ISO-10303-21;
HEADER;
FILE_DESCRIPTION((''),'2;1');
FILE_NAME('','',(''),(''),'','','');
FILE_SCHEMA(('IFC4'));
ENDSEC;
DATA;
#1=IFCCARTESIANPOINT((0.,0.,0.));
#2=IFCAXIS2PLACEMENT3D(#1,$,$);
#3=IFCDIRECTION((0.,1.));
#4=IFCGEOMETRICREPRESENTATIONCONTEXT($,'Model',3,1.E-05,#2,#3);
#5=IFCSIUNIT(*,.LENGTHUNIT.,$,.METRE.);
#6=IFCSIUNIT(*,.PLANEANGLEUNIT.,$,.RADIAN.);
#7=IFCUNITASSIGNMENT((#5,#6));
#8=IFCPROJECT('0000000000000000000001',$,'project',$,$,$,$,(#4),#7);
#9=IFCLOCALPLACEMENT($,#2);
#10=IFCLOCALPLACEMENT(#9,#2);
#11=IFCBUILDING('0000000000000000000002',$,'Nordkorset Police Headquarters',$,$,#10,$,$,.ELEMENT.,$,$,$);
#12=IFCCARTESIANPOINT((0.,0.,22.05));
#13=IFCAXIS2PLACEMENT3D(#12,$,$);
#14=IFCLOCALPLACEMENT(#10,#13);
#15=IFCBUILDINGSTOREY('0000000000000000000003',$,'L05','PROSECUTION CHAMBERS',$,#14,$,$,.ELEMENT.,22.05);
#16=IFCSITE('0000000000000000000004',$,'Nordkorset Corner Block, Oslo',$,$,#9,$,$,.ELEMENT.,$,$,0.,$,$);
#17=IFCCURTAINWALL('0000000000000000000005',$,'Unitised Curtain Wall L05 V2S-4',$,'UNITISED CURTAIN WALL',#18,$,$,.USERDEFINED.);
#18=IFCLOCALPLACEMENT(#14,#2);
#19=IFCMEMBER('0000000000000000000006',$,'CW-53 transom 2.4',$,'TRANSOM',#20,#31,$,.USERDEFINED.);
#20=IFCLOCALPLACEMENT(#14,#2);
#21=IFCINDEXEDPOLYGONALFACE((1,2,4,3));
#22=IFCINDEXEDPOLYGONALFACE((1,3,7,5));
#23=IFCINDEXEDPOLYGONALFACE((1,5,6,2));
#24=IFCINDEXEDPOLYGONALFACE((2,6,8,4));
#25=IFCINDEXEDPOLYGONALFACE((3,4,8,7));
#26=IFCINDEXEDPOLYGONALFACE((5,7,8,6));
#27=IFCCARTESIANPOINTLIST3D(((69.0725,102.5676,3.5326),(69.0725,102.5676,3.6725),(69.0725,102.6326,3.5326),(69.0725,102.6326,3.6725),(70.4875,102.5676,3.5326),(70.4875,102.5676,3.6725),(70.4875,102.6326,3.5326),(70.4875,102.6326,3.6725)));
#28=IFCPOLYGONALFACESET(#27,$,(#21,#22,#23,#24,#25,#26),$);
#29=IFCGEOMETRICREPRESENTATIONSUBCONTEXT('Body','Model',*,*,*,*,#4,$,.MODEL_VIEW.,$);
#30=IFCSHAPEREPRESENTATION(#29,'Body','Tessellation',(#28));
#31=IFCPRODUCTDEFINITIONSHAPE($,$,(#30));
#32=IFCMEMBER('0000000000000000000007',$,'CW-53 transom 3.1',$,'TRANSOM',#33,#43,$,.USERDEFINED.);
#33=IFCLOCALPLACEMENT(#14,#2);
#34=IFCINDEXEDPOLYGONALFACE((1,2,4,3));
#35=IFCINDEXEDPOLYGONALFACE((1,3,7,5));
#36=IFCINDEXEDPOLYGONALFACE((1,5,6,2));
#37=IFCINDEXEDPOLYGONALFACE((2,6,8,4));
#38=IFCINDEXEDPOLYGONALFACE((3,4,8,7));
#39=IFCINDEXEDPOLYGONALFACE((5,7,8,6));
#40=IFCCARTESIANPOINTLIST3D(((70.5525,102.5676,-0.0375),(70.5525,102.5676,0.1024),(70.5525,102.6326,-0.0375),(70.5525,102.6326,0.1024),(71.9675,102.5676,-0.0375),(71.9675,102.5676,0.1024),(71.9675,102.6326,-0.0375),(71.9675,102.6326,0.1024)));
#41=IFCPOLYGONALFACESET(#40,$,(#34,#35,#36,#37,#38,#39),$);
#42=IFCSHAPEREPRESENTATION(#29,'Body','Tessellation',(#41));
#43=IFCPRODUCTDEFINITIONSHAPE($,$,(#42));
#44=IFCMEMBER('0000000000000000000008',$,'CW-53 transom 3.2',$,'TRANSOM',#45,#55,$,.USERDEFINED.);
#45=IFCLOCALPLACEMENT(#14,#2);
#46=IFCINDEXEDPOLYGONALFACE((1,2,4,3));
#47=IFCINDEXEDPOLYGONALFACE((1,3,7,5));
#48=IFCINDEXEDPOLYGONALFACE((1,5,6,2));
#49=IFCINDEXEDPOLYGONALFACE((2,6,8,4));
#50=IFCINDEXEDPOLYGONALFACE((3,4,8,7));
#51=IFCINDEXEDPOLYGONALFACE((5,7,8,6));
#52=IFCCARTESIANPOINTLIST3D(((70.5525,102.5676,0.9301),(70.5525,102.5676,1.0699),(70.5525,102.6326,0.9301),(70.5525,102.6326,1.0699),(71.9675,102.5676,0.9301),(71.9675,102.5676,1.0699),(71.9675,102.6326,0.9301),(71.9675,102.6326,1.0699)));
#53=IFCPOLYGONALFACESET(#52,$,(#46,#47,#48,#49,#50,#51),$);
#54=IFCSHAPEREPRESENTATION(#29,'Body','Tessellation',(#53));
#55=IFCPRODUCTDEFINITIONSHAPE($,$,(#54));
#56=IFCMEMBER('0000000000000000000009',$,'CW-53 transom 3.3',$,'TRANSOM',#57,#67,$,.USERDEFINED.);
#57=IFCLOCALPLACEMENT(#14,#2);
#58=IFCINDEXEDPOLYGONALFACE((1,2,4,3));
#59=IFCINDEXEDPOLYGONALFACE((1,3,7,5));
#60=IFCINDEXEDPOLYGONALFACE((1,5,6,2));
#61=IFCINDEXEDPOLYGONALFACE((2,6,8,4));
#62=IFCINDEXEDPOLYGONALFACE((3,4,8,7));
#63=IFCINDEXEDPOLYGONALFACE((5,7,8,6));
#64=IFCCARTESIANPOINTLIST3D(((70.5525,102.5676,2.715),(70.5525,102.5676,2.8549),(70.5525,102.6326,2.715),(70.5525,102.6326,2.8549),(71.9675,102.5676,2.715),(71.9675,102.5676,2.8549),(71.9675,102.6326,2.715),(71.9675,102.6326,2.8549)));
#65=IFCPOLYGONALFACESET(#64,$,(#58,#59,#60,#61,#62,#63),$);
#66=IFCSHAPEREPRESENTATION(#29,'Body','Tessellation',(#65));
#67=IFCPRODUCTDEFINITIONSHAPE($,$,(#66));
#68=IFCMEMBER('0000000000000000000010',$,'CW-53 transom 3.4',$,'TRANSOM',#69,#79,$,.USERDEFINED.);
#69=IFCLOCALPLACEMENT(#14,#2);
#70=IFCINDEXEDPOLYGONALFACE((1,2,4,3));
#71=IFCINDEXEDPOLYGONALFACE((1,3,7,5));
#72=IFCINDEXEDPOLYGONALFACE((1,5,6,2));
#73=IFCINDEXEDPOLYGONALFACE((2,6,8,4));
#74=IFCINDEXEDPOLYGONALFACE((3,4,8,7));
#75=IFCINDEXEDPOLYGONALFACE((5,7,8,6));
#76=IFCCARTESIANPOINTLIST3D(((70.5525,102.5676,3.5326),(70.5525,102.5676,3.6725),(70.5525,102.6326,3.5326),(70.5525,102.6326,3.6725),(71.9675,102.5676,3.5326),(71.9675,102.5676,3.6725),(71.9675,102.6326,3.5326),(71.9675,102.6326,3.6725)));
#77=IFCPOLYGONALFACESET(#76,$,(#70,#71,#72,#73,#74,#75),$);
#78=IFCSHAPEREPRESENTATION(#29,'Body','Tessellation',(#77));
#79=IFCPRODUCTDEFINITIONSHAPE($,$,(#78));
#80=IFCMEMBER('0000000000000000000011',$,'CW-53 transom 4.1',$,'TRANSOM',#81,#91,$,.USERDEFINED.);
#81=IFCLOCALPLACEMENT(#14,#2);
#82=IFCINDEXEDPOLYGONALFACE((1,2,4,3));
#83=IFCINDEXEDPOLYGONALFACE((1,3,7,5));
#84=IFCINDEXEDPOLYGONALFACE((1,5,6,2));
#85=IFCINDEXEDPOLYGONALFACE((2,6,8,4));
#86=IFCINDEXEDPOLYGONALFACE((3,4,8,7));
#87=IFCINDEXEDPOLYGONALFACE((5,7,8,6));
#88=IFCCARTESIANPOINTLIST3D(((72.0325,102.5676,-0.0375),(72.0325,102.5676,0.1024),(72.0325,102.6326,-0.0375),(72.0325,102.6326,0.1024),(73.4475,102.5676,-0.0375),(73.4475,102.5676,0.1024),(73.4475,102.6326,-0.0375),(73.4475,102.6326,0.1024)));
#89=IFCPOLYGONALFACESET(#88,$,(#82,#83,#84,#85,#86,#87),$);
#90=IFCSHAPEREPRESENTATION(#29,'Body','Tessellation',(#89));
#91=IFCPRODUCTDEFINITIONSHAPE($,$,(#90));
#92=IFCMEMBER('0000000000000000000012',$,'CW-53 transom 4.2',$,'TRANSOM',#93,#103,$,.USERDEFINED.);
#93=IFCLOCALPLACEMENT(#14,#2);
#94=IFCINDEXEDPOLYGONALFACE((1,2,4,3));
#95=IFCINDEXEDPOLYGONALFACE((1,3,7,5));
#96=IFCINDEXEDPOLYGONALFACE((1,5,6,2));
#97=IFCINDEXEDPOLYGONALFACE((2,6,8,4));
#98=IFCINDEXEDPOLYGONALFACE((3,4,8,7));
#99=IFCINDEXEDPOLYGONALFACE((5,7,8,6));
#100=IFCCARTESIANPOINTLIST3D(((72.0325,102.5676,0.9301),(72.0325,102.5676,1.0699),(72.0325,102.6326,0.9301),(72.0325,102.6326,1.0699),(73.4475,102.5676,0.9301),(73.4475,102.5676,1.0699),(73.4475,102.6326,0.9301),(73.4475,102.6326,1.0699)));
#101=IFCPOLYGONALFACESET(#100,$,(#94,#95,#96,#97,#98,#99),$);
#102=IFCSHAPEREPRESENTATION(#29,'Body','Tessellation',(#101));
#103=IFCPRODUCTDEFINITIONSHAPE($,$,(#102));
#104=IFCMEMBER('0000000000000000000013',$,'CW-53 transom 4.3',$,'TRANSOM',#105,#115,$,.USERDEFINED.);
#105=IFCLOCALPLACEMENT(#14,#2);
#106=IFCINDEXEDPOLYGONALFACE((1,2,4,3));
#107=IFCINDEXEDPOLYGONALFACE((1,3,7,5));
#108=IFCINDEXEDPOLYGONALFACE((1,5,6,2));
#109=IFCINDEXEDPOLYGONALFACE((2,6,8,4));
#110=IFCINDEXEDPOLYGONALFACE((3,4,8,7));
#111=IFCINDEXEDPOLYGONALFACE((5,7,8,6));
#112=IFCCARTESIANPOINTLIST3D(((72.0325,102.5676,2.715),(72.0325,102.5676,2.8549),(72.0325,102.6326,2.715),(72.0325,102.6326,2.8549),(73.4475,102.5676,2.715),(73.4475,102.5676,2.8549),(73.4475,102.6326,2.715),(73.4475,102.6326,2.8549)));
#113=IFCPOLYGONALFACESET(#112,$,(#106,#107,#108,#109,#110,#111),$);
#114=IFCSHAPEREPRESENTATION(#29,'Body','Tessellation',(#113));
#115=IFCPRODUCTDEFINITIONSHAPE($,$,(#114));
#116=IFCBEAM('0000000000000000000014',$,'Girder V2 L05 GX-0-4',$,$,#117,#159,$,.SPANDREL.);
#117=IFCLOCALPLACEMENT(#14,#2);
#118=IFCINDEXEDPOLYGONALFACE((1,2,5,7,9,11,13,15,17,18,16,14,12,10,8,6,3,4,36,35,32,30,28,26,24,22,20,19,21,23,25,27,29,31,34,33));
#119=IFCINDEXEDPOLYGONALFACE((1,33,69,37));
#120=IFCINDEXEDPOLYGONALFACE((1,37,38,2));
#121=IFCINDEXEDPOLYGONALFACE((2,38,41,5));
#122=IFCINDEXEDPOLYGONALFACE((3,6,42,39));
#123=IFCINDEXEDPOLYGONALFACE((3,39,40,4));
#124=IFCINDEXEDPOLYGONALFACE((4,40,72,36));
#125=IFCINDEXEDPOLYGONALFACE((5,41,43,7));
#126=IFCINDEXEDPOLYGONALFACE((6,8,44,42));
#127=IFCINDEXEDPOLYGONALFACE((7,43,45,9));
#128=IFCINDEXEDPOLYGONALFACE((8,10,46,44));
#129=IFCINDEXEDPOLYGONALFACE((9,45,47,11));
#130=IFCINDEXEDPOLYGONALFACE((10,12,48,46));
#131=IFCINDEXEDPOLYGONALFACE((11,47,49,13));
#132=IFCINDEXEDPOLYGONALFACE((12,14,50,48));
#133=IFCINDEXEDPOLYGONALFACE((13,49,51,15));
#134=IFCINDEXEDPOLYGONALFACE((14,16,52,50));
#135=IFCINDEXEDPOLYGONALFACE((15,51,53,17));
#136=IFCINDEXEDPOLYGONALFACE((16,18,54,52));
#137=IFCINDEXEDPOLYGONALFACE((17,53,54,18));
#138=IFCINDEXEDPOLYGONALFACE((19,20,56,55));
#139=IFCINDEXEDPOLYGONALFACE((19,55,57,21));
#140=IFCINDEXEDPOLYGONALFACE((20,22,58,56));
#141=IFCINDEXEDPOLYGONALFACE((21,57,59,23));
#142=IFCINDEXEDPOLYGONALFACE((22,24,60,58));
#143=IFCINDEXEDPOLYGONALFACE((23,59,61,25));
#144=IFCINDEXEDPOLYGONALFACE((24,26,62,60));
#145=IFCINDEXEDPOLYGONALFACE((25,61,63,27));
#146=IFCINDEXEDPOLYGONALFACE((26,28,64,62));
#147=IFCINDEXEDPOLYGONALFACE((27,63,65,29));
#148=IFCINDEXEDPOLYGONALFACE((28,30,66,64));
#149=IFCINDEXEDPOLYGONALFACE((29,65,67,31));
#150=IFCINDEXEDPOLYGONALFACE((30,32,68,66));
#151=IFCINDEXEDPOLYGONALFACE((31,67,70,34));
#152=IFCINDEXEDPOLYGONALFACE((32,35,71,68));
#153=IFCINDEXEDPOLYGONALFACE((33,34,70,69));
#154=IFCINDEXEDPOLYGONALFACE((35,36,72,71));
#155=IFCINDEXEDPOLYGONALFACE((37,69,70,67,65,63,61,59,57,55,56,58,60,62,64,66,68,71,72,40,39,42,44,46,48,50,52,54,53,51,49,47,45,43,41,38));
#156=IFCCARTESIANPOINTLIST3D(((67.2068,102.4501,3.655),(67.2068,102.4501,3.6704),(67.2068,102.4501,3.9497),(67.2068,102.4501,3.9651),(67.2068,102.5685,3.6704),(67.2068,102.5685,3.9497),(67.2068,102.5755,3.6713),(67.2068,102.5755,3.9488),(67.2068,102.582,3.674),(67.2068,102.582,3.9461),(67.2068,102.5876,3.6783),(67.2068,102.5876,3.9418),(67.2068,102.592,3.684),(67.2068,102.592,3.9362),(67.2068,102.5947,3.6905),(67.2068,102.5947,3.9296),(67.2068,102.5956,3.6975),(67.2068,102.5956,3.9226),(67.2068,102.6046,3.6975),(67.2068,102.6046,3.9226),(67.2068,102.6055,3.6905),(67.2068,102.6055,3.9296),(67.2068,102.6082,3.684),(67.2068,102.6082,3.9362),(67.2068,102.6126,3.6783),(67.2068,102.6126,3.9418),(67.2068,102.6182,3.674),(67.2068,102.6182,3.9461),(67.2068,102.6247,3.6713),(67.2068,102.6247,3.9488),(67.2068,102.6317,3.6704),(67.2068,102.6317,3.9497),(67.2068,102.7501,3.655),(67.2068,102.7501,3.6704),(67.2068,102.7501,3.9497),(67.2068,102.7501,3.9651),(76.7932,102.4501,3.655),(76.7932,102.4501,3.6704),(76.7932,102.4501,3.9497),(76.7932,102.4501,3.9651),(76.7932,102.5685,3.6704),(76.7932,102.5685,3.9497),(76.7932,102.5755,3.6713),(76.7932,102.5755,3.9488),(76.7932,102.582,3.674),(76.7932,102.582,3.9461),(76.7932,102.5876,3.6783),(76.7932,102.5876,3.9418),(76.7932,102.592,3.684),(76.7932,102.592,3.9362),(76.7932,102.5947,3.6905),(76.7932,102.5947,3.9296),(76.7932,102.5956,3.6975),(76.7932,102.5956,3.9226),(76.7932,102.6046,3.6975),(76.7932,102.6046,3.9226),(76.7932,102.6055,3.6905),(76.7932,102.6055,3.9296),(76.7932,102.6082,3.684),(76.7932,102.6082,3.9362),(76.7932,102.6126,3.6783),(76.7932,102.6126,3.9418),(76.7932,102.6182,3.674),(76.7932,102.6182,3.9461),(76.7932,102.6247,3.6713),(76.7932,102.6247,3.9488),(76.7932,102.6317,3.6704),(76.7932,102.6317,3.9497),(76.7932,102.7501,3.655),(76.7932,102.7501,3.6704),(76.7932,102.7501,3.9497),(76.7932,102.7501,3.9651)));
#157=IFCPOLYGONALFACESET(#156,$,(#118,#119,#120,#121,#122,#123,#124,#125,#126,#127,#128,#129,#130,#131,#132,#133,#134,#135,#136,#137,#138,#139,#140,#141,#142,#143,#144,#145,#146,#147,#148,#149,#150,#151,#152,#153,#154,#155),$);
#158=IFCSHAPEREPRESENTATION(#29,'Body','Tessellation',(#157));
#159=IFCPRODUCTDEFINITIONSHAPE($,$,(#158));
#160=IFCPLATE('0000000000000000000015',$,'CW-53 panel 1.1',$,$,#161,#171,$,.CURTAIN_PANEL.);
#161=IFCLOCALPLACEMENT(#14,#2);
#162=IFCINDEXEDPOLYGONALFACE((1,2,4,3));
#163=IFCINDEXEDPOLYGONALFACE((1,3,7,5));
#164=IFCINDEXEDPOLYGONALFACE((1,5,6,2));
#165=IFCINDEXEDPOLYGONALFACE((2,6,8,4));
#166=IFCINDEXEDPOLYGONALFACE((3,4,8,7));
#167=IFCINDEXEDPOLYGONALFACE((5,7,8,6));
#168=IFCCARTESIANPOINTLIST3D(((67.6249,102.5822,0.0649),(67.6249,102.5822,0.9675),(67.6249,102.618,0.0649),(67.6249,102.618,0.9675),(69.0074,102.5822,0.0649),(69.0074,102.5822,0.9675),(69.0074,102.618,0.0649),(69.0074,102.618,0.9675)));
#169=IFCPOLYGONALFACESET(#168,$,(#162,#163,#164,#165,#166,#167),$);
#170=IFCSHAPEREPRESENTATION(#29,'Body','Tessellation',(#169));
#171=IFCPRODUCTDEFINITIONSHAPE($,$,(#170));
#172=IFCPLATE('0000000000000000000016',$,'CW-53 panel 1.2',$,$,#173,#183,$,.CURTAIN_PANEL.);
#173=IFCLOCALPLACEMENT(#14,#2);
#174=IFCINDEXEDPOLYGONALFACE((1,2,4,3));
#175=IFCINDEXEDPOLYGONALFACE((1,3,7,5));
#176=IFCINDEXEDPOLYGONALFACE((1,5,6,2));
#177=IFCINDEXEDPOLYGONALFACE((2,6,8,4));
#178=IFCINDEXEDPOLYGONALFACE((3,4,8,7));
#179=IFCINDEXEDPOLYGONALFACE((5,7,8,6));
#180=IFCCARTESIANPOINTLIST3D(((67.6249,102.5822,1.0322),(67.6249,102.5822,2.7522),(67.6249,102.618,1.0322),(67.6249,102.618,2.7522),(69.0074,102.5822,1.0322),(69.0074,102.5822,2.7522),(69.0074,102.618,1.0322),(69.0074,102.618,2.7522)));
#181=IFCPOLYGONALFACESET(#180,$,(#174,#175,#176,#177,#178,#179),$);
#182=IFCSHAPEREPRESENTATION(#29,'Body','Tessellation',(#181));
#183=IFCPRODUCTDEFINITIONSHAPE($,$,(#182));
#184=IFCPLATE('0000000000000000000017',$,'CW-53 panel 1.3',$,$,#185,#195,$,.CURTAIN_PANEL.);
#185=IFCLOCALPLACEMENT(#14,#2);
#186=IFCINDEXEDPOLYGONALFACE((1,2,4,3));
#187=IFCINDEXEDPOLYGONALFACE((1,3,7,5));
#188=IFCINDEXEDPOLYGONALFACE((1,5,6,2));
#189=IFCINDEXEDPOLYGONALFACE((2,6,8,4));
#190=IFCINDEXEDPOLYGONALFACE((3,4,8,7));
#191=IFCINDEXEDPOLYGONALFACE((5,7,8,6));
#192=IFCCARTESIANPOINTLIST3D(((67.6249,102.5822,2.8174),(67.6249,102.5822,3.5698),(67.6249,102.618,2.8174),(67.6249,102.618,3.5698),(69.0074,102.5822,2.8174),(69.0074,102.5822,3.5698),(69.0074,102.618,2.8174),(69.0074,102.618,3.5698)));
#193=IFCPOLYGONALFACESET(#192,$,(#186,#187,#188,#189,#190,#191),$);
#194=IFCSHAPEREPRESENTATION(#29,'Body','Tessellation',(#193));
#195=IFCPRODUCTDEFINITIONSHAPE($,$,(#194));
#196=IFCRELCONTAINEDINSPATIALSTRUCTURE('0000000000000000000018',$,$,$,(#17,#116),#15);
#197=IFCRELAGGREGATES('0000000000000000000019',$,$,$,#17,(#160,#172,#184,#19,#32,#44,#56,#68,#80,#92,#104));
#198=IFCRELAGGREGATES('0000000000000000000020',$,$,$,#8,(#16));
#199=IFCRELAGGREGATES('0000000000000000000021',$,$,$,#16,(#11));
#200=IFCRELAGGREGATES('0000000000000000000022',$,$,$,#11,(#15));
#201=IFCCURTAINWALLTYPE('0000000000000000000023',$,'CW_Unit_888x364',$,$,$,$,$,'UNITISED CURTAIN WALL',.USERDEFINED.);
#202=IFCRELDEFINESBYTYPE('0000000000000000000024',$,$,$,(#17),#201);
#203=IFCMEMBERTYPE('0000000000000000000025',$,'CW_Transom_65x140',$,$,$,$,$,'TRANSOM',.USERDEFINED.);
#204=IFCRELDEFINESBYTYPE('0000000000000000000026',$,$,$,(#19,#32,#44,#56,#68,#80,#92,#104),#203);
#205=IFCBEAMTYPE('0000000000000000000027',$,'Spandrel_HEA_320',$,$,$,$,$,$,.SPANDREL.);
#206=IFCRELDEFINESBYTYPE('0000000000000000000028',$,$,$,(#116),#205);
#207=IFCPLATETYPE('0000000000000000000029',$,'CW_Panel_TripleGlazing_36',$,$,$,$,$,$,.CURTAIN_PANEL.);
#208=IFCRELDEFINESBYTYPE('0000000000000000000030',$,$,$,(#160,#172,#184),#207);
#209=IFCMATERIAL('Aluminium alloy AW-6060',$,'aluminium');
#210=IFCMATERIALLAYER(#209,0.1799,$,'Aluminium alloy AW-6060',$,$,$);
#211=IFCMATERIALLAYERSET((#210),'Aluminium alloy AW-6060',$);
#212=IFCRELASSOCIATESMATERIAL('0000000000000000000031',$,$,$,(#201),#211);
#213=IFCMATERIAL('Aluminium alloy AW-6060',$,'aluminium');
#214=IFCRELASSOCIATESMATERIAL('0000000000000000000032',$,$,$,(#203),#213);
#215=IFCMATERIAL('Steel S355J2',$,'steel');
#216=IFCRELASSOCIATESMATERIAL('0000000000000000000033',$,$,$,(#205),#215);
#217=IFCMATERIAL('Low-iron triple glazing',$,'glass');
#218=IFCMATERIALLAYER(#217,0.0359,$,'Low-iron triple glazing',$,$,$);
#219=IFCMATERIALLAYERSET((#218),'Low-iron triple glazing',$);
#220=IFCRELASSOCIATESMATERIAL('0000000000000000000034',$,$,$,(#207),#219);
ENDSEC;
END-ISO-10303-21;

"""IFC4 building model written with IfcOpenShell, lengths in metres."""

from ifc_helpers import new_model, si_unit, direction, frame, origin, origin_2d, place, context, subcontext, project, spatial, rectangle, i_section, extrude, material, layer, layer_set, material_profile, profile_set, type_object, element, aggregate, save


model = new_model("IFC4")

# Units and contexts
model_context = context("Model", 3, precision=1e-05, world=origin(), true_north=direction((0.0, 1.0)))
body_context = subcontext(model_context, "Body", "Model", "MODEL_VIEW")
ifc_project = project(units=[si_unit("LENGTHUNIT", "METRE"), si_unit("PLANEANGLEUNIT", "RADIAN")], contexts=[model_context])

# Site, building, storey
site_placement = place(None, origin())
site = spatial("IfcSite", under=ifc_project, at=site_placement, Name="Nordkorset Corner Block, Oslo", CompositionType="ELEMENT", RefElevation=0.0)
building_placement = place(site_placement, origin())
building = spatial("IfcBuilding", under=site, at=building_placement, Name="Nordkorset Police Headquarters", CompositionType="ELEMENT")
storey_placement = place(building_placement, frame((0.0, 0.0, 22.05)))
storey = spatial("IfcBuildingStorey", under=building, at=storey_placement, Name="L05", Description="PROSECUTION CHAMBERS", CompositionType="ELEMENT", Elevation=22.05)

# Curtain wall, members
ifc_material_1 = material(Name="Aluminium alloy AW-6060", Category="aluminium")
ifc_layer_1 = layer(ifc_material_1, 0.1799, Name="Aluminium alloy AW-6060")
ifc_layer_set_1 = layer_set([ifc_layer_1], Name="Aluminium alloy AW-6060")
curtain_wall_type = type_object("IfcCurtainWallType", Name="CW_Unit_888x364", ElementType="UNITISED CURTAIN WALL", PredefinedType="USERDEFINED", material=ifc_layer_set_1)
curtain_wall_placement = place(storey_placement, origin())
curtain_wall = element("IfcCurtainWall", 1, at=curtain_wall_placement, inside=storey, type_object=curtain_wall_type, Name="Unitised Curtain Wall L05 V2S-4", ObjectType="UNITISED CURTAIN WALL", PredefinedType="USERDEFINED")
ifc_material_2 = material(Name="Aluminium alloy AW-6060", Category="aluminium")
ifc_material_profile_1 = material_profile(ifc_material_2, rectangle(XDim=0.0649, YDim=0.1399, at=origin_2d()), Name="ALU TRAN 65x140")
ifc_profile_set_1 = profile_set([ifc_material_profile_1], Name="Aluminium alloy AW-6060")
member_type_1 = type_object("IfcMemberType", Name="CW_Transom_65x140", ElementType="TRANSOM", PredefinedType="USERDEFINED", material=ifc_profile_set_1)
member_1_placement = place(storey_placement, frame((69.0725, 102.6001, 3.6025), z_axis=(1.0, 0.0, 0.0), x_axis=(0.0, 1.0, 0.0)))
member_1 = element("IfcMember", 2, at=member_1_placement, type_object=member_type_1, Name="CW-53 transom 2.4", ObjectType="TRANSOM", PredefinedType="USERDEFINED", context=body_context, shape_type="SweptSolid", body=[
    extrude(rectangle(XDim=0.0649, YDim=0.1399, at=origin_2d()), origin(), (0.0, 0.0, 1.0), 1.415),
])
member_2_placement = place(storey_placement, frame((70.5525, 102.6001, 0.0325), z_axis=(1.0, 0.0, 0.0), x_axis=(0.0, 1.0, 0.0)))
member_2 = element("IfcMember", 3, at=member_2_placement, type_object=member_type_1, Name="CW-53 transom 3.1", ObjectType="TRANSOM", PredefinedType="USERDEFINED", context=body_context, shape_type="SweptSolid", body=[
    extrude(rectangle(XDim=0.0649, YDim=0.1399, at=origin_2d()), origin(), (0.0, 0.0, 1.0), 1.415),
])
member_3_placement = place(storey_placement, frame((70.5525, 102.6001, 1.0), z_axis=(1.0, 0.0, 0.0), x_axis=(0.0, 1.0, 0.0)))
member_3 = element("IfcMember", 4, at=member_3_placement, type_object=member_type_1, Name="CW-53 transom 3.2", ObjectType="TRANSOM", PredefinedType="USERDEFINED", context=body_context, shape_type="SweptSolid", body=[
    extrude(rectangle(XDim=0.0649, YDim=0.1399, at=origin_2d()), origin(), (0.0, 0.0, 1.0), 1.415),
])
member_4_placement = place(storey_placement, frame((70.5525, 102.6001, 2.7849), z_axis=(1.0, 0.0, 0.0), x_axis=(0.0, 1.0, 0.0)))
member_4 = element("IfcMember", 5, at=member_4_placement, type_object=member_type_1, Name="CW-53 transom 3.3", ObjectType="TRANSOM", PredefinedType="USERDEFINED", context=body_context, shape_type="SweptSolid", body=[
    extrude(rectangle(XDim=0.0649, YDim=0.1399, at=origin_2d()), origin(), (0.0, 0.0, 1.0), 1.415),
])
member_5_placement = place(storey_placement, frame((70.5525, 102.6001, 3.6025), z_axis=(1.0, 0.0, 0.0), x_axis=(0.0, 1.0, 0.0)))
member_5 = element("IfcMember", 6, at=member_5_placement, type_object=member_type_1, Name="CW-53 transom 3.4", ObjectType="TRANSOM", PredefinedType="USERDEFINED", context=body_context, shape_type="SweptSolid", body=[
    extrude(rectangle(XDim=0.0649, YDim=0.1399, at=origin_2d()), origin(), (0.0, 0.0, 1.0), 1.415),
])
member_6_placement = place(storey_placement, frame((72.0325, 102.6001, 0.0325), z_axis=(1.0, 0.0, 0.0), x_axis=(0.0, 1.0, 0.0)))
member_6 = element("IfcMember", 7, at=member_6_placement, type_object=member_type_1, Name="CW-53 transom 4.1", ObjectType="TRANSOM", PredefinedType="USERDEFINED", context=body_context, shape_type="SweptSolid", body=[
    extrude(rectangle(XDim=0.0649, YDim=0.1399, at=origin_2d()), origin(), (0.0, 0.0, 1.0), 1.415),
])
member_7_placement = place(storey_placement, frame((72.0325, 102.6001, 1.0), z_axis=(1.0, 0.0, 0.0), x_axis=(0.0, 1.0, 0.0)))
member_7 = element("IfcMember", 8, at=member_7_placement, type_object=member_type_1, Name="CW-53 transom 4.2", ObjectType="TRANSOM", PredefinedType="USERDEFINED", context=body_context, shape_type="SweptSolid", body=[
    extrude(rectangle(XDim=0.0649, YDim=0.1399, at=origin_2d()), origin(), (0.0, 0.0, 1.0), 1.415),
])
member_8_placement = place(storey_placement, frame((72.0325, 102.6001, 2.7849), z_axis=(1.0, 0.0, 0.0), x_axis=(0.0, 1.0, 0.0)))
member_8 = element("IfcMember", 9, at=member_8_placement, type_object=member_type_1, Name="CW-53 transom 4.3", ObjectType="TRANSOM", PredefinedType="USERDEFINED", context=body_context, shape_type="SweptSolid", body=[
    extrude(rectangle(XDim=0.0649, YDim=0.1399, at=origin_2d()), origin(), (0.0, 0.0, 1.0), 1.415),
])

# Beam
ifc_material_3 = material(Name="Steel S355J2", Category="steel")
ifc_material_profile_2 = material_profile(ifc_material_3, i_section(OverallWidth=0.3, OverallDepth=0.3101, WebThickness=0.009, FlangeThickness=0.0154, FilletRadius=0.0271, at=origin_2d()), Name="HEA 320")
ifc_profile_set_2 = profile_set([ifc_material_profile_2], Name="Steel S355J2")
beam_type = type_object("IfcBeamType", Name="Spandrel_HEA_320", PredefinedType="SPANDREL", material=ifc_profile_set_2)
beam_placement = place(storey_placement, frame((67.2068, 102.6001, 3.8101), z_axis=(1.0, 0.0, 0.0), x_axis=(0.0, 1.0, 0.0)))
element("IfcBeam", 10, at=beam_placement, inside=storey, type_object=beam_type, Name="Girder V2 L05 GX-0-4", PredefinedType="SPANDREL", context=body_context, shape_type="SweptSolid", body=[
    extrude(i_section(OverallWidth=0.3, OverallDepth=0.3101, WebThickness=0.009, FlangeThickness=0.0154, FilletRadius=0.0271, at=origin_2d()), origin(), (0.0, 0.0, 1.0), 9.5864),
])

# Plates
ifc_material_4 = material(Name="Low-iron triple glazing", Category="glass")
ifc_layer_2 = layer(ifc_material_4, 0.0359, Name="Low-iron triple glazing")
ifc_layer_set_2 = layer_set([ifc_layer_2], Name="Low-iron triple glazing")
plate_type = type_object("IfcPlateType", Name="CW_Panel_TripleGlazing_36", PredefinedType="CURTAIN_PANEL", material=ifc_layer_set_2)
plate_1_placement = place(storey_placement, frame((68.3162, 102.6001, 0.0649), z_axis=(0.0, 0.0, 1.0), x_axis=(1.0, 0.0, 0.0)))
plate_1 = element("IfcPlate", 11, at=plate_1_placement, type_object=plate_type, Name="CW-53 panel 1.1", PredefinedType="CURTAIN_PANEL", context=body_context, shape_type="SweptSolid", body=[
    extrude(rectangle(XDim=1.3826, YDim=0.0359, at=origin_2d()), origin(), (0.0, 0.0, 1.0), 0.9026),
])
plate_2_placement = place(storey_placement, frame((68.3162, 102.6001, 1.0322), z_axis=(0.0, 0.0, 1.0), x_axis=(1.0, 0.0, 0.0)))
plate_2 = element("IfcPlate", 12, at=plate_2_placement, type_object=plate_type, Name="CW-53 panel 1.2", PredefinedType="CURTAIN_PANEL", context=body_context, shape_type="SweptSolid", body=[
    extrude(rectangle(XDim=1.3826, YDim=0.0359, at=origin_2d()), origin(), (0.0, 0.0, 1.0), 1.72),
])
plate_3_placement = place(storey_placement, frame((68.3162, 102.6001, 2.8174), z_axis=(0.0, 0.0, 1.0), x_axis=(1.0, 0.0, 0.0)))
plate_3 = element("IfcPlate", 13, at=plate_3_placement, type_object=plate_type, Name="CW-53 panel 1.3", PredefinedType="CURTAIN_PANEL", context=body_context, shape_type="SweptSolid", body=[
    extrude(rectangle(XDim=1.3826, YDim=0.0359, at=origin_2d()), origin(), (0.0, 0.0, 1.0), 0.7524),
])
aggregate(curtain_wall, [plate_1, plate_2, plate_3, member_1, member_2, member_3, member_4, member_5, member_6, member_7, member_8])

save(model, "model.ifc")
